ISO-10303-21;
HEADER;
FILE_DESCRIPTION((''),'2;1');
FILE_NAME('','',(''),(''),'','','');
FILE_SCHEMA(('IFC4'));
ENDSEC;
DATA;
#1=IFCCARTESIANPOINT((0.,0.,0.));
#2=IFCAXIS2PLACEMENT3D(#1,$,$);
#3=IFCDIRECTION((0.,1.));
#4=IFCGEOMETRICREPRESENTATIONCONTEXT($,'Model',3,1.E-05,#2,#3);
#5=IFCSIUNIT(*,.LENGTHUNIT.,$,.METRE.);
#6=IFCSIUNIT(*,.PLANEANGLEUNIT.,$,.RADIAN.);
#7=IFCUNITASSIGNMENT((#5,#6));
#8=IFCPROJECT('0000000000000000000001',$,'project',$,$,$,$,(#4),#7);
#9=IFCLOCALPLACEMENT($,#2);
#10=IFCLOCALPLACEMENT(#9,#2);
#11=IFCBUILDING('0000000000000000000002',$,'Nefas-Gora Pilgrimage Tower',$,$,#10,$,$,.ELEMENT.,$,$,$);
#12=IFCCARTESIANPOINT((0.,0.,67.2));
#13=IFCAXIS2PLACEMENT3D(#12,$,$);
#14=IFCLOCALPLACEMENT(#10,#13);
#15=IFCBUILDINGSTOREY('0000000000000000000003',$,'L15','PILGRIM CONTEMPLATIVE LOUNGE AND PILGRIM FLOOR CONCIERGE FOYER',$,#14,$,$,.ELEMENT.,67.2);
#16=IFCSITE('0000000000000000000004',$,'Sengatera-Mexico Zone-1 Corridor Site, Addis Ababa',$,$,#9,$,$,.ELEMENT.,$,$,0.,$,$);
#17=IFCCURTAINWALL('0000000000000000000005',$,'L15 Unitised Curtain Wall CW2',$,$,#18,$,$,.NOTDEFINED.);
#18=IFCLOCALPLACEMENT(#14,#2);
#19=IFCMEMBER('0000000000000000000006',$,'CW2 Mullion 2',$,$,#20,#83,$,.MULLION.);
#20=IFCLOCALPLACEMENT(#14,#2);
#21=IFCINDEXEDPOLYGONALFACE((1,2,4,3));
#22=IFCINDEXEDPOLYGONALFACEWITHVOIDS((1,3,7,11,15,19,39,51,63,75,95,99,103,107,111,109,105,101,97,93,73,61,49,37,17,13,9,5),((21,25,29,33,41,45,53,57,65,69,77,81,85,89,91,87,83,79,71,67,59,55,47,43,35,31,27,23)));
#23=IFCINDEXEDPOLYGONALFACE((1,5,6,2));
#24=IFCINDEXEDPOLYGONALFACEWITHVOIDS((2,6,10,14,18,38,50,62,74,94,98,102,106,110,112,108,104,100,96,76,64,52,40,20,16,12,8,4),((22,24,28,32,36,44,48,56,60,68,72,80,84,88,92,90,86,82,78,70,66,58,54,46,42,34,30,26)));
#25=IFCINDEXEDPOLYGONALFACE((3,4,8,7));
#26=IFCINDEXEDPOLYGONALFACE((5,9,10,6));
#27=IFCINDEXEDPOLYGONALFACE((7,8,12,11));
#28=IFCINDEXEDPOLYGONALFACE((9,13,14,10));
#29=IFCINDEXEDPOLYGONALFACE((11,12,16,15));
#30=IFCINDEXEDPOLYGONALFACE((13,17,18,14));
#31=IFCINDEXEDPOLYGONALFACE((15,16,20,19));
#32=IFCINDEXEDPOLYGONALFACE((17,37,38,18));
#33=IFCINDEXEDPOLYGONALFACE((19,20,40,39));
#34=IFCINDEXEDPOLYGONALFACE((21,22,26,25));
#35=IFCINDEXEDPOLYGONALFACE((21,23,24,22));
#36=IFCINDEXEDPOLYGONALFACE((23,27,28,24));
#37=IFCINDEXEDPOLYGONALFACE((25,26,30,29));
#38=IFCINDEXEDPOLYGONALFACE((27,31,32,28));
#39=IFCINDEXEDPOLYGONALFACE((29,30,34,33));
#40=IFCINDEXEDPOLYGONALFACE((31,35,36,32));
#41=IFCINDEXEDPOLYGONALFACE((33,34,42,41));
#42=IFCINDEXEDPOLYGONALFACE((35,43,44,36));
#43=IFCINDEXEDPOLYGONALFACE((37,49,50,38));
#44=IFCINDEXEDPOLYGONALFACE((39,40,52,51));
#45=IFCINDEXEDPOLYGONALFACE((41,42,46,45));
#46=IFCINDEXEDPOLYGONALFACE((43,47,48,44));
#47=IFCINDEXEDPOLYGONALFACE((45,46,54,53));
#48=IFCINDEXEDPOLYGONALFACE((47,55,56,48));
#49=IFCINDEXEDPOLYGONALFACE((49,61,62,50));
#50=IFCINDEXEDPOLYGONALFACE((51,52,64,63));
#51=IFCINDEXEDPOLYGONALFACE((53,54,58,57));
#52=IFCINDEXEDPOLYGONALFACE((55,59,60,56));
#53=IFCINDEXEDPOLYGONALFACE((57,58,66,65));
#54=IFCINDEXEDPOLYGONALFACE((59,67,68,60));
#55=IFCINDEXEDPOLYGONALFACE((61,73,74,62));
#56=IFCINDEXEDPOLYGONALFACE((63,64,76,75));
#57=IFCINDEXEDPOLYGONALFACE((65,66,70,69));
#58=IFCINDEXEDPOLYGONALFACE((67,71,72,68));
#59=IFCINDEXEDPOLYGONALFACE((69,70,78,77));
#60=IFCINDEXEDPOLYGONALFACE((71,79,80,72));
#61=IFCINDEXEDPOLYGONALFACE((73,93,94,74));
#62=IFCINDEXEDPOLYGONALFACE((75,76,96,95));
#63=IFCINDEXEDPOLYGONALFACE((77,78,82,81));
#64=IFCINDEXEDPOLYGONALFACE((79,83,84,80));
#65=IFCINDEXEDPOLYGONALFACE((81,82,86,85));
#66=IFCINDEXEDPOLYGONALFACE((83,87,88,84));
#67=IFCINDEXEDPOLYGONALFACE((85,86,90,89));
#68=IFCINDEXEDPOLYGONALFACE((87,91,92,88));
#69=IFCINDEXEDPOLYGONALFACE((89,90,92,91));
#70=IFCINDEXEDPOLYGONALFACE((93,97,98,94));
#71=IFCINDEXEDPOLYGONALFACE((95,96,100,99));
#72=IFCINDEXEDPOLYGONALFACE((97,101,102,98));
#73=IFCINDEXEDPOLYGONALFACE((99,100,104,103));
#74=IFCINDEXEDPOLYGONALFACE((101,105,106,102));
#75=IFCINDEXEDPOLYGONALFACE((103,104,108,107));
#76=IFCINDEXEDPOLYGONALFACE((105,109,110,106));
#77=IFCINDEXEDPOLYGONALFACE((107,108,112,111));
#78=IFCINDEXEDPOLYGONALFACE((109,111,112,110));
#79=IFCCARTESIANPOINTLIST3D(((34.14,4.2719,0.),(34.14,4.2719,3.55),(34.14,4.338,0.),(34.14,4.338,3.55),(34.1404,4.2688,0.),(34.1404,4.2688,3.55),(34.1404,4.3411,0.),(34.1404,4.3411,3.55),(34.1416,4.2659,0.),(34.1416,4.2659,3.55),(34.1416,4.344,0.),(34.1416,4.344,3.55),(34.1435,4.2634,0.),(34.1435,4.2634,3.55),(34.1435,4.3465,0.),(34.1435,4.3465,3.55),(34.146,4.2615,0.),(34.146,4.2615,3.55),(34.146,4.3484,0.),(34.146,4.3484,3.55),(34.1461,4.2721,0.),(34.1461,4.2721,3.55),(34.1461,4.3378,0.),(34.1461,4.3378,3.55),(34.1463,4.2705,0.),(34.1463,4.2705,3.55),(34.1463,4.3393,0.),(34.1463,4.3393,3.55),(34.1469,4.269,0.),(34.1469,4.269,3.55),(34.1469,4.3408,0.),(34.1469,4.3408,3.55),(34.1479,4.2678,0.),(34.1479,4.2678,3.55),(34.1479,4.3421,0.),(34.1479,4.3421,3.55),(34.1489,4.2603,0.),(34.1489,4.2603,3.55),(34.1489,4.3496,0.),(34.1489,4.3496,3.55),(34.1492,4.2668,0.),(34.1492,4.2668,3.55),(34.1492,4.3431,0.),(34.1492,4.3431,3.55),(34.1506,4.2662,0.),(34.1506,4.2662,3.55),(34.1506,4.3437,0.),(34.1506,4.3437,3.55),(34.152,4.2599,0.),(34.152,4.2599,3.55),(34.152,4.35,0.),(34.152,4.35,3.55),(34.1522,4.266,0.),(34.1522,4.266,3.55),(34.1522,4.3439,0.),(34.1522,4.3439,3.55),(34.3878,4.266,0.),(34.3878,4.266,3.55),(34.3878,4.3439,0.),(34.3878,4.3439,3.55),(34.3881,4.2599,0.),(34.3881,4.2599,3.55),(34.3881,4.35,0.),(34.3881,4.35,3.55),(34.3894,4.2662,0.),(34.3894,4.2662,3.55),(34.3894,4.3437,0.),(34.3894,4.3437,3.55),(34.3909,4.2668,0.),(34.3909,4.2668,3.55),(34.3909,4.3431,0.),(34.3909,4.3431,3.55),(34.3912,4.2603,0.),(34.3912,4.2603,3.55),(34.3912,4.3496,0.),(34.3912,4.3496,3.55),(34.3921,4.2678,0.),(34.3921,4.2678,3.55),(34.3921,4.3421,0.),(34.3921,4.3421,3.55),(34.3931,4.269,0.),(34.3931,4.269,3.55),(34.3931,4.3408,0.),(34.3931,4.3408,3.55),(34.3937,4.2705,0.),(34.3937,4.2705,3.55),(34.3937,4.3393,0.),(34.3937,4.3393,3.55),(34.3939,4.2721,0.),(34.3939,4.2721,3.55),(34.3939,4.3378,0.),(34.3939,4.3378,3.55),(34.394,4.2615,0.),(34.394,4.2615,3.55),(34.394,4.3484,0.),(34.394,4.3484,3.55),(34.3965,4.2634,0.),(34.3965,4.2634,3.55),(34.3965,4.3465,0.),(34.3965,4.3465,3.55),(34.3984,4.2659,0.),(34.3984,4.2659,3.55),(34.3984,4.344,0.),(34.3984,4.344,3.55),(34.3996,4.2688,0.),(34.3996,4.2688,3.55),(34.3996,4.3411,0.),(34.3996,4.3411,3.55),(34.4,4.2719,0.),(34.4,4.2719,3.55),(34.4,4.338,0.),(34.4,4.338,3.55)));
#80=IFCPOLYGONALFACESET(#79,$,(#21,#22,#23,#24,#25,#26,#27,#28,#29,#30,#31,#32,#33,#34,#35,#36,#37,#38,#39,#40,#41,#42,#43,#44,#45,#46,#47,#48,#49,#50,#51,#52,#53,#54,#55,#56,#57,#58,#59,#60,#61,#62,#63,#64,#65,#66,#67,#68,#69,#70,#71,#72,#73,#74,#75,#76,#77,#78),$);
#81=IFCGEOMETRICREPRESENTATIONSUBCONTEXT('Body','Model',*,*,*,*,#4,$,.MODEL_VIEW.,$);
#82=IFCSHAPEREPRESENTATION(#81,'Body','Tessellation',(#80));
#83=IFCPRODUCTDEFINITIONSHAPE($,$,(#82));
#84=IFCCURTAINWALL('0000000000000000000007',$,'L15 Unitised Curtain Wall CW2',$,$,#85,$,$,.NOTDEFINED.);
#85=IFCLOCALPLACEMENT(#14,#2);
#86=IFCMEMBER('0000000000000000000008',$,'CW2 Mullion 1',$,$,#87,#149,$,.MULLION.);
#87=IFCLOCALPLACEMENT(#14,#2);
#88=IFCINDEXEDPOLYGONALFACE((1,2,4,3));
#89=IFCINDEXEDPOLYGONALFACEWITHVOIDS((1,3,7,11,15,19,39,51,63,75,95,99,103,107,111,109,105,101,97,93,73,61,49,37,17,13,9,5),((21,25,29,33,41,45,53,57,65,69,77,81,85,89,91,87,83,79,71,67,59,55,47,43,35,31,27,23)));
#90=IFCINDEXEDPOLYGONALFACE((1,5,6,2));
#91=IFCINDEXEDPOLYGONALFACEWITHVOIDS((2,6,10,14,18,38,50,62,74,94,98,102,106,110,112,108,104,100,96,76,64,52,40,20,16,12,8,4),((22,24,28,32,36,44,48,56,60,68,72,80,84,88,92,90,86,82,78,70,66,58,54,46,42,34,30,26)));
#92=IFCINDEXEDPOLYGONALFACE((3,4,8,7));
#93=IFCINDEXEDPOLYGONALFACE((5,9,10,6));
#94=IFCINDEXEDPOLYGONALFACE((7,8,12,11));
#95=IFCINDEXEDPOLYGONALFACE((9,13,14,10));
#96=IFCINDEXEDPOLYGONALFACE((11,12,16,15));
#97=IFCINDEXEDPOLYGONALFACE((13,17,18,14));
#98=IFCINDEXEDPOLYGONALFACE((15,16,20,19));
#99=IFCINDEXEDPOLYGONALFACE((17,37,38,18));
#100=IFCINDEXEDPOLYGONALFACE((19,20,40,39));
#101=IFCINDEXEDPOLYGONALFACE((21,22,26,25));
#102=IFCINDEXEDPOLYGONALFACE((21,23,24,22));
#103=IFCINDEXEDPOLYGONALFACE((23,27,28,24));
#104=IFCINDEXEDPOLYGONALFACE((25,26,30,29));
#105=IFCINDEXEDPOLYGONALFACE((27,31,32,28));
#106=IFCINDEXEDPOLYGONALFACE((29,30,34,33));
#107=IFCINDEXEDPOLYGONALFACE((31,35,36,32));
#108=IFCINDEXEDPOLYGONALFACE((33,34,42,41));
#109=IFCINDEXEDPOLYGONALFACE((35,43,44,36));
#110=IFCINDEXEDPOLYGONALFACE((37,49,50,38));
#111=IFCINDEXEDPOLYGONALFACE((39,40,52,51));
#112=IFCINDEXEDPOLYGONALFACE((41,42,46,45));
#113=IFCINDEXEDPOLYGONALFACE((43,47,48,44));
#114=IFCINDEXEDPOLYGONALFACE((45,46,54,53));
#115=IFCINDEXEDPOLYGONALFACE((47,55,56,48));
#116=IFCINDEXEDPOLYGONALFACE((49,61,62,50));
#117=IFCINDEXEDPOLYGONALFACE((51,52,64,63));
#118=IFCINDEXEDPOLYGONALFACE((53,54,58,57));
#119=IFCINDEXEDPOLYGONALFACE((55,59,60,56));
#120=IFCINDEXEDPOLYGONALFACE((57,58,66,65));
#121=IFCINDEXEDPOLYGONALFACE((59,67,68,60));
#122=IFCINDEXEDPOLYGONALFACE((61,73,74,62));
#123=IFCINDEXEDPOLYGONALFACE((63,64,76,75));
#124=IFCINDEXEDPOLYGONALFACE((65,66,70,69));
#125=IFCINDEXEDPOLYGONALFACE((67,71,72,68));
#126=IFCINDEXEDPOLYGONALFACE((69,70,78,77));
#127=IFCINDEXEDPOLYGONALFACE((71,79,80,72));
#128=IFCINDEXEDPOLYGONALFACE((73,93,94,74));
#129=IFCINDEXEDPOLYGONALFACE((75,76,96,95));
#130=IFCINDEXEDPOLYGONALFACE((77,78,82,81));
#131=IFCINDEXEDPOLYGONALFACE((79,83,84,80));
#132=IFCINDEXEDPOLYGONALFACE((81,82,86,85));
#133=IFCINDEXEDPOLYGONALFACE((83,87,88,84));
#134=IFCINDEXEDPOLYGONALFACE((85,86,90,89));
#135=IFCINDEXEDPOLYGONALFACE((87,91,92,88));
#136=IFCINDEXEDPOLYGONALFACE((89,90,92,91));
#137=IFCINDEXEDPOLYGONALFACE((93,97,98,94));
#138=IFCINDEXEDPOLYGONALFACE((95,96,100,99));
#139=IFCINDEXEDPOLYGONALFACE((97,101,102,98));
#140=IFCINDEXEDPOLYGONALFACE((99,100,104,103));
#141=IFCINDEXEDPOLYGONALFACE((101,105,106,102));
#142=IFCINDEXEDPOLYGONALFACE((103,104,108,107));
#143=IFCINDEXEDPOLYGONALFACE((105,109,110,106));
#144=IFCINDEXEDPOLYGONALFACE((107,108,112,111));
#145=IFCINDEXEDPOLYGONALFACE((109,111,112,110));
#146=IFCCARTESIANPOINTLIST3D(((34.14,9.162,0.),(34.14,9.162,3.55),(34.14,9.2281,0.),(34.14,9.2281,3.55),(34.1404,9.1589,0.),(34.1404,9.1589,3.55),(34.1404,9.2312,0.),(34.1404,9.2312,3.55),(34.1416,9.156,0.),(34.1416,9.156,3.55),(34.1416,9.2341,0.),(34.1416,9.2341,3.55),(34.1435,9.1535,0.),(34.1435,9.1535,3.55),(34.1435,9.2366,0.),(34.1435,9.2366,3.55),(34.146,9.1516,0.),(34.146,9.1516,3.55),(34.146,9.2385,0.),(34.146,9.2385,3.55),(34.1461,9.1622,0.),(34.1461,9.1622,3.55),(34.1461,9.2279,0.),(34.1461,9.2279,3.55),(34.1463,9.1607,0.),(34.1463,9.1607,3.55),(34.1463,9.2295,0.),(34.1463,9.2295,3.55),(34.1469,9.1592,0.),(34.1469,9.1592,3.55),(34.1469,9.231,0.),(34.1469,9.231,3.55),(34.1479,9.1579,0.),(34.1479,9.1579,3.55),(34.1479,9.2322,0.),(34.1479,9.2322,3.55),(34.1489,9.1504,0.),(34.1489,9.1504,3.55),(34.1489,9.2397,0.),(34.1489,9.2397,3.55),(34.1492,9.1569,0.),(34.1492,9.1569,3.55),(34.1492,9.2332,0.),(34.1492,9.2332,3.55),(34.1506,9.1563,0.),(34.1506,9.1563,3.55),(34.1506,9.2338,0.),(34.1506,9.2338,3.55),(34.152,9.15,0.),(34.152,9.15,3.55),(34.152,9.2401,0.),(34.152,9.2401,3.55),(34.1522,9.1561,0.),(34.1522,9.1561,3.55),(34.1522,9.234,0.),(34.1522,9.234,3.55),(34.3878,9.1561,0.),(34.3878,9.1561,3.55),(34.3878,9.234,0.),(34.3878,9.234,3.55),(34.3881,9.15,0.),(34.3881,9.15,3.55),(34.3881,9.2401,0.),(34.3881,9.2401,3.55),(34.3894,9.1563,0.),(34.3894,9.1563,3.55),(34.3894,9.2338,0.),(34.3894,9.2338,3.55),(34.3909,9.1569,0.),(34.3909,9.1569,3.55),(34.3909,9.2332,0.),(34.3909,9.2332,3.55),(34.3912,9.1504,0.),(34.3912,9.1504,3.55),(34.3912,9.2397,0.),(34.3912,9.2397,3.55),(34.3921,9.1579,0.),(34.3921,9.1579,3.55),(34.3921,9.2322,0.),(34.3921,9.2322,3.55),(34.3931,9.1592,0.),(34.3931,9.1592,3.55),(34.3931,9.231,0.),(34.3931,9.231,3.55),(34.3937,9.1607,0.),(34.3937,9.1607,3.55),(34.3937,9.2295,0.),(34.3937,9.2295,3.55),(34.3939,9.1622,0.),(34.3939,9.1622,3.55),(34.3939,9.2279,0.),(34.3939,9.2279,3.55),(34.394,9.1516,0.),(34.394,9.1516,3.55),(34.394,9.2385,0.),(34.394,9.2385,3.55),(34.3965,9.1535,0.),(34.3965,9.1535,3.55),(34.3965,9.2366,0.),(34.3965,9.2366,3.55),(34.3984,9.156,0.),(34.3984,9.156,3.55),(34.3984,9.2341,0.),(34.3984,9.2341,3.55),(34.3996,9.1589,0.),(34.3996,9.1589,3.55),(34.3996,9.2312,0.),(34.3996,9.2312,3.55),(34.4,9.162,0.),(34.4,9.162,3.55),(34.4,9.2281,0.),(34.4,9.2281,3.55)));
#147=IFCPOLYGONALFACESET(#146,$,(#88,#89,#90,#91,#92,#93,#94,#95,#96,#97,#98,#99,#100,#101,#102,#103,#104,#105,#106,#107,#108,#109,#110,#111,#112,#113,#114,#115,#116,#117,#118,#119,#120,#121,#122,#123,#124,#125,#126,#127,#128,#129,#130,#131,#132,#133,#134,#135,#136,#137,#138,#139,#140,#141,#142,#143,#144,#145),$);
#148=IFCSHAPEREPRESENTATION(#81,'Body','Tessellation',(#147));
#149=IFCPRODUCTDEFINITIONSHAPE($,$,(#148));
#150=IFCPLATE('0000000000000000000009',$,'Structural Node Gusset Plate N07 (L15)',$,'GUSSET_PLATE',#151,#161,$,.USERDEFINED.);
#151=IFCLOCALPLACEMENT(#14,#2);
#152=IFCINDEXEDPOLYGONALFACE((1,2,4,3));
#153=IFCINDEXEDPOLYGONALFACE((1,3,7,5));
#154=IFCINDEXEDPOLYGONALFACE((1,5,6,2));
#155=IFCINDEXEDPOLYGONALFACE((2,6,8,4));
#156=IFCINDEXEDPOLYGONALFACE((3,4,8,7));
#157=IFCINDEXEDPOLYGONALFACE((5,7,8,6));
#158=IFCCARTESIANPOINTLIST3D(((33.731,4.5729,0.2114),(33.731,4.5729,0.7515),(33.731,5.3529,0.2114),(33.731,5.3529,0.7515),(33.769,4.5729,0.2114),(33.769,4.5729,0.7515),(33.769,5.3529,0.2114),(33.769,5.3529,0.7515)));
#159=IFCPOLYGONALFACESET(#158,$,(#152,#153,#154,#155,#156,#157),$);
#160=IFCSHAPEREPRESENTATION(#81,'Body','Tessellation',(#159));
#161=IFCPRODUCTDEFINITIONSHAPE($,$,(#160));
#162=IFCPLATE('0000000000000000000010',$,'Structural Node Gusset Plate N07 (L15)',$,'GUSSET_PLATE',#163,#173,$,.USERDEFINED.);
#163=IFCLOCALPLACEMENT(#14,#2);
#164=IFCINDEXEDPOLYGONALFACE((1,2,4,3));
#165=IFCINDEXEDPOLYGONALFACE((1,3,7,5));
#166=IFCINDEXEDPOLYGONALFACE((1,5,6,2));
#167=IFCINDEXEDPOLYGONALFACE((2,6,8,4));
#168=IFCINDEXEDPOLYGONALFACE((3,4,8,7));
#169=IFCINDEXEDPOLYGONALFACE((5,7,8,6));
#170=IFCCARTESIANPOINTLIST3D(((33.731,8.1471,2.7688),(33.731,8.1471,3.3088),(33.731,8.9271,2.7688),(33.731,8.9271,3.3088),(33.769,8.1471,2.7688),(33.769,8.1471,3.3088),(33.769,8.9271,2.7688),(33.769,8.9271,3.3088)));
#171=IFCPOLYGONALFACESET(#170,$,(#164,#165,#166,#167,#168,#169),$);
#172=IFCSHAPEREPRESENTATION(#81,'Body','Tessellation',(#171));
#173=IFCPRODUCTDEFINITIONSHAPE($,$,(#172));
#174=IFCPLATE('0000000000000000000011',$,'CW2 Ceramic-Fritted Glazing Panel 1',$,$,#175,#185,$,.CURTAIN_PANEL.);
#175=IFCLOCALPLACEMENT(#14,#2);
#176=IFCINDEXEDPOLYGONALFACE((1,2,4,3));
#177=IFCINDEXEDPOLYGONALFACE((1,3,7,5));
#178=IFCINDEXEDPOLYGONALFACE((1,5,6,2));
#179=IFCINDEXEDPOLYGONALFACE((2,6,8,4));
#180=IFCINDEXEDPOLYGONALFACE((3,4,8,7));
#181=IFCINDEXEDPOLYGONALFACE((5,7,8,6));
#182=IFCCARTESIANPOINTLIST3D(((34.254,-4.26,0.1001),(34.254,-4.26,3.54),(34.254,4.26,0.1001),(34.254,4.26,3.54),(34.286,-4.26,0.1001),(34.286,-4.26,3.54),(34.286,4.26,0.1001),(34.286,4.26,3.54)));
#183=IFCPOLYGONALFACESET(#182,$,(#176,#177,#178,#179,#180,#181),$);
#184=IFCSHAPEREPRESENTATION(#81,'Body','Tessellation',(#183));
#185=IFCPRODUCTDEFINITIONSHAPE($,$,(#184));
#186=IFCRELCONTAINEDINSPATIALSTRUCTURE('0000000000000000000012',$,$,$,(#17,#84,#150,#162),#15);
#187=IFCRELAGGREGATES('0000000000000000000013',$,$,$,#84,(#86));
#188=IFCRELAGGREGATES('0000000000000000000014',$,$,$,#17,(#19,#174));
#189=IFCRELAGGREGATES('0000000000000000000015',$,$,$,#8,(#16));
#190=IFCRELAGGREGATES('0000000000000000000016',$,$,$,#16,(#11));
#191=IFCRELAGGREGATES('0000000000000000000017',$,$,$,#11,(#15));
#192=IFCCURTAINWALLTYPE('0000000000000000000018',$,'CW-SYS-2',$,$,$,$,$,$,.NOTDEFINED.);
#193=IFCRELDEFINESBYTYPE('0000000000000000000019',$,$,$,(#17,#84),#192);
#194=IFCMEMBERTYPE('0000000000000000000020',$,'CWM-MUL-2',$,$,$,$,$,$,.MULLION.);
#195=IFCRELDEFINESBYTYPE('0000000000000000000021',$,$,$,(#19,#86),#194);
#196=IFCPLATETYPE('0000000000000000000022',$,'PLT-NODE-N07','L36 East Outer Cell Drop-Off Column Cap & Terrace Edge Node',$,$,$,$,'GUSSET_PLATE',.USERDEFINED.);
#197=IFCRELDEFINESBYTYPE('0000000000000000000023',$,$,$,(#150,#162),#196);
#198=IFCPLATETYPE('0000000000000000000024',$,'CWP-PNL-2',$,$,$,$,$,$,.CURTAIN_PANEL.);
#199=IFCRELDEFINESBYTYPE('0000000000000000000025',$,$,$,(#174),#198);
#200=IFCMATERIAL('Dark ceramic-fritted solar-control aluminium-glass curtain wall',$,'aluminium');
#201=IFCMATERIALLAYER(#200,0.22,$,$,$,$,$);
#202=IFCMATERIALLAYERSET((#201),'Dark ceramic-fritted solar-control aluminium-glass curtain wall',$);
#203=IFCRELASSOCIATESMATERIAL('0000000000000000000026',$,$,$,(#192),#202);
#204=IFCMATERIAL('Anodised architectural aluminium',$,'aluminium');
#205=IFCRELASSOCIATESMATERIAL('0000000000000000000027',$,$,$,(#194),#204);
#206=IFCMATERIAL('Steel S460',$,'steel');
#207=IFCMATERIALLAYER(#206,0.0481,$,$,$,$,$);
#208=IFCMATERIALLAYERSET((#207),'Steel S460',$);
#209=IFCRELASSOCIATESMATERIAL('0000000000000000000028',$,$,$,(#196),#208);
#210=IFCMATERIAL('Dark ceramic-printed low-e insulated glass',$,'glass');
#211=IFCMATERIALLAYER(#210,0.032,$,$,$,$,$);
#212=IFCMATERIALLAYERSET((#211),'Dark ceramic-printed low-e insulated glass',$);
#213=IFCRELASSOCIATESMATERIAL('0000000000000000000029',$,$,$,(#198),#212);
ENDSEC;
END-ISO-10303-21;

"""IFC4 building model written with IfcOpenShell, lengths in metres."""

from ifc_helpers import new_model, si_unit, direction, frame, origin, origin_2d, place, context, subcontext, project, spatial, rectangle, hollow_rectangle, extrude, source, transform, mapped, material, layer, layer_set, material_profile, profile_set, type_object, element, aggregate, save


model = new_model("IFC4")

# Units and contexts
model_context = context("Model", 3, precision=1e-05, world=origin(), true_north=direction((0.0, 1.0)))
body_context = subcontext(model_context, "Body", "Model", "MODEL_VIEW")
ifc_project = project(units=[si_unit("LENGTHUNIT", "METRE"), si_unit("PLANEANGLEUNIT", "RADIAN")], contexts=[model_context])

# Site, building, storey
site_placement = place(None, origin())
site = spatial("IfcSite", under=ifc_project, at=site_placement, Name="Sengatera-Mexico Zone-1 Corridor Site, Addis Ababa", CompositionType="ELEMENT", RefElevation=0.0)
building_placement = place(site_placement, origin())
building = spatial("IfcBuilding", under=site, at=building_placement, Name="Nefas-Gora Pilgrimage Tower", CompositionType="ELEMENT")
storey_placement = place(building_placement, frame((0.0, 0.0, 67.2)))
storey = spatial("IfcBuildingStorey", under=building, at=storey_placement, Name="L15", Description="PILGRIM CONTEMPLATIVE LOUNGE AND PILGRIM FLOOR CONCIERGE FOYER", CompositionType="ELEMENT", Elevation=67.2)

# Shared definitions
ifc_material_1 = material(Name="Steel S460", Category="steel")

# Curtain walls, members
ifc_material_2 = material(Name="Dark ceramic-fritted solar-control aluminium-glass curtain wall", Category="aluminium")
ifc_layer_1 = layer(ifc_material_2, 0.22)
ifc_layer_set_1 = layer_set([ifc_layer_1], Name="Dark ceramic-fritted solar-control aluminium-glass curtain wall")
curtain_wall_type = type_object("IfcCurtainWallType", Name="CW-SYS-2", PredefinedType="NOTDEFINED", material=ifc_layer_set_1)
curtain_wall_1_placement = place(storey_placement, origin())
curtain_wall_1 = element("IfcCurtainWall", 1, at=curtain_wall_1_placement, inside=storey, type_object=curtain_wall_type, Name="L15 Unitised Curtain Wall CW2", PredefinedType="NOTDEFINED")
ifc_material_3 = material(Name="Anodised architectural aluminium", Category="aluminium")
ifc_material_profile_1 = material_profile(ifc_material_3, hollow_rectangle(XDim=0.0901, YDim=0.26, WallThickness=0.0061, InnerFilletRadius=0.0061, OuterFilletRadius=0.012, at=origin_2d()), Name="ALU MULLION 90x260")
ifc_profile_set_1 = profile_set([ifc_material_profile_1], Name="Anodised architectural aluminium")
member_type_1 = type_object("IfcMemberType", Name="CWM-MUL-2", PredefinedType="MULLION", material=ifc_profile_set_1)
shared_shape_1 = source(origin(), body_context, "Body", "SweptSolid", [
    extrude(hollow_rectangle(XDim=0.0901, YDim=0.26, WallThickness=0.0061, InnerFilletRadius=0.0061, OuterFilletRadius=0.012, at=origin_2d()), origin(), (0.0, 0.0, 1.0), 3.55),
])
member_1_placement = place(storey_placement, frame((34.27, 4.3049, 0.0), z_axis=(0.0, 0.0, 1.0), x_axis=(0.0, 1.0, 0.0)))
member_1 = element("IfcMember", 2, at=member_1_placement, type_object=member_type_1, Name="CW2 Mullion 2", PredefinedType="MULLION", context=body_context, shape_type="MappedRepresentation", body=[
    mapped(shared_shape_1, transform((0.0, 0.0, 0.0), x_axis=(1.0, 0.0, 0.0), y_axis=(0.0, 1.0, 0.0), z_axis=(0.0, 0.0, 1.0), scale=1.0)),
])
curtain_wall_2_placement = place(storey_placement, origin())
curtain_wall_2 = element("IfcCurtainWall", 3, at=curtain_wall_2_placement, inside=storey, type_object=curtain_wall_type, Name="L15 Unitised Curtain Wall CW2", PredefinedType="NOTDEFINED")
member_2_placement = place(storey_placement, frame((34.27, 9.1951, 0.0), z_axis=(0.0, 0.0, 1.0), x_axis=(0.0, 1.0, 0.0)))
member_2 = element("IfcMember", 4, at=member_2_placement, type_object=member_type_1, Name="CW2 Mullion 1", PredefinedType="MULLION", context=body_context, shape_type="MappedRepresentation", body=[
    mapped(shared_shape_1, transform((0.0, 0.0, 0.0), x_axis=(1.0, 0.0, 0.0), y_axis=(0.0, 1.0, 0.0), z_axis=(0.0, 0.0, 1.0), scale=1.0)),
])
aggregate(curtain_wall_2, [member_2])

# Plates
ifc_layer_2 = layer(ifc_material_1, 0.0481)
ifc_layer_set_2 = layer_set([ifc_layer_2], Name="Steel S460")
plate_type_1 = type_object("IfcPlateType", Name="PLT-NODE-N07", Description="L36 East Outer Cell Drop-Off Column Cap & Terrace Edge Node", ElementType="GUSSET_PLATE", PredefinedType="USERDEFINED", material=ifc_layer_set_2)
shared_shape_2 = source(origin(), body_context, "Body", "SweptSolid", [
    extrude(rectangle(XDim=0.78, YDim=0.0381, at=origin_2d()), origin(), (0.0, 0.0, 1.0), 0.54),
])
for number, where, z_axis, x_axis, name in (
    (5, (33.75, 4.9629, 0.2114), (0.0, 0.0, 1.0), (0.0, 1.0, 0.0), "Structural Node Gusset Plate N07 (L15)"),
    (6, (33.75, 8.5371, 2.7688), (0.0, 0.0, 1.0), (0.0, 1.0, 0.0), "Structural Node Gusset Plate N07 (L15)"),
):
    element("IfcPlate", number, at=place(storey_placement, frame(where, z_axis=z_axis, x_axis=x_axis)), inside=storey, type_object=plate_type_1, Name=name, ObjectType="GUSSET_PLATE", PredefinedType="USERDEFINED", context=body_context, shape_type="MappedRepresentation", body=[
        mapped(shared_shape_2, transform((0.0, 0.0, 0.0), x_axis=(1.0, 0.0, 0.0), y_axis=(0.0, 1.0, 0.0), z_axis=(0.0, 0.0, 1.0), scale=1.0)),
    ])

# Plate
ifc_material_4 = material(Name="Dark ceramic-printed low-e insulated glass", Category="glass")
ifc_layer_3 = layer(ifc_material_4, 0.032)
ifc_layer_set_3 = layer_set([ifc_layer_3], Name="Dark ceramic-printed low-e insulated glass")
plate_type_2 = type_object("IfcPlateType", Name="CWP-PNL-2", PredefinedType="CURTAIN_PANEL", material=ifc_layer_set_3)
shared_shape_3 = source(origin(), body_context, "Body", "SweptSolid", [
    extrude(rectangle(XDim=8.52, YDim=0.032, at=origin_2d()), origin(), (0.0, 0.0, 1.0), 3.4399),
])
plate_placement = place(storey_placement, frame((34.27, 0.0, 0.1001), z_axis=(0.0, 0.0, 1.0), x_axis=(0.0, 1.0, 0.0)))
plate = element("IfcPlate", 7, at=plate_placement, type_object=plate_type_2, Name="CW2 Ceramic-Fritted Glazing Panel 1", PredefinedType="CURTAIN_PANEL", context=body_context, shape_type="MappedRepresentation", body=[
    mapped(shared_shape_3, transform((0.0, 0.0, 0.0), x_axis=(1.0, 0.0, 0.0), y_axis=(0.0, 1.0, 0.0), z_axis=(0.0, 0.0, 1.0), scale=1.0)),
])
aggregate(curtain_wall_1, [member_1, plate])

save(model, "model.ifc")
